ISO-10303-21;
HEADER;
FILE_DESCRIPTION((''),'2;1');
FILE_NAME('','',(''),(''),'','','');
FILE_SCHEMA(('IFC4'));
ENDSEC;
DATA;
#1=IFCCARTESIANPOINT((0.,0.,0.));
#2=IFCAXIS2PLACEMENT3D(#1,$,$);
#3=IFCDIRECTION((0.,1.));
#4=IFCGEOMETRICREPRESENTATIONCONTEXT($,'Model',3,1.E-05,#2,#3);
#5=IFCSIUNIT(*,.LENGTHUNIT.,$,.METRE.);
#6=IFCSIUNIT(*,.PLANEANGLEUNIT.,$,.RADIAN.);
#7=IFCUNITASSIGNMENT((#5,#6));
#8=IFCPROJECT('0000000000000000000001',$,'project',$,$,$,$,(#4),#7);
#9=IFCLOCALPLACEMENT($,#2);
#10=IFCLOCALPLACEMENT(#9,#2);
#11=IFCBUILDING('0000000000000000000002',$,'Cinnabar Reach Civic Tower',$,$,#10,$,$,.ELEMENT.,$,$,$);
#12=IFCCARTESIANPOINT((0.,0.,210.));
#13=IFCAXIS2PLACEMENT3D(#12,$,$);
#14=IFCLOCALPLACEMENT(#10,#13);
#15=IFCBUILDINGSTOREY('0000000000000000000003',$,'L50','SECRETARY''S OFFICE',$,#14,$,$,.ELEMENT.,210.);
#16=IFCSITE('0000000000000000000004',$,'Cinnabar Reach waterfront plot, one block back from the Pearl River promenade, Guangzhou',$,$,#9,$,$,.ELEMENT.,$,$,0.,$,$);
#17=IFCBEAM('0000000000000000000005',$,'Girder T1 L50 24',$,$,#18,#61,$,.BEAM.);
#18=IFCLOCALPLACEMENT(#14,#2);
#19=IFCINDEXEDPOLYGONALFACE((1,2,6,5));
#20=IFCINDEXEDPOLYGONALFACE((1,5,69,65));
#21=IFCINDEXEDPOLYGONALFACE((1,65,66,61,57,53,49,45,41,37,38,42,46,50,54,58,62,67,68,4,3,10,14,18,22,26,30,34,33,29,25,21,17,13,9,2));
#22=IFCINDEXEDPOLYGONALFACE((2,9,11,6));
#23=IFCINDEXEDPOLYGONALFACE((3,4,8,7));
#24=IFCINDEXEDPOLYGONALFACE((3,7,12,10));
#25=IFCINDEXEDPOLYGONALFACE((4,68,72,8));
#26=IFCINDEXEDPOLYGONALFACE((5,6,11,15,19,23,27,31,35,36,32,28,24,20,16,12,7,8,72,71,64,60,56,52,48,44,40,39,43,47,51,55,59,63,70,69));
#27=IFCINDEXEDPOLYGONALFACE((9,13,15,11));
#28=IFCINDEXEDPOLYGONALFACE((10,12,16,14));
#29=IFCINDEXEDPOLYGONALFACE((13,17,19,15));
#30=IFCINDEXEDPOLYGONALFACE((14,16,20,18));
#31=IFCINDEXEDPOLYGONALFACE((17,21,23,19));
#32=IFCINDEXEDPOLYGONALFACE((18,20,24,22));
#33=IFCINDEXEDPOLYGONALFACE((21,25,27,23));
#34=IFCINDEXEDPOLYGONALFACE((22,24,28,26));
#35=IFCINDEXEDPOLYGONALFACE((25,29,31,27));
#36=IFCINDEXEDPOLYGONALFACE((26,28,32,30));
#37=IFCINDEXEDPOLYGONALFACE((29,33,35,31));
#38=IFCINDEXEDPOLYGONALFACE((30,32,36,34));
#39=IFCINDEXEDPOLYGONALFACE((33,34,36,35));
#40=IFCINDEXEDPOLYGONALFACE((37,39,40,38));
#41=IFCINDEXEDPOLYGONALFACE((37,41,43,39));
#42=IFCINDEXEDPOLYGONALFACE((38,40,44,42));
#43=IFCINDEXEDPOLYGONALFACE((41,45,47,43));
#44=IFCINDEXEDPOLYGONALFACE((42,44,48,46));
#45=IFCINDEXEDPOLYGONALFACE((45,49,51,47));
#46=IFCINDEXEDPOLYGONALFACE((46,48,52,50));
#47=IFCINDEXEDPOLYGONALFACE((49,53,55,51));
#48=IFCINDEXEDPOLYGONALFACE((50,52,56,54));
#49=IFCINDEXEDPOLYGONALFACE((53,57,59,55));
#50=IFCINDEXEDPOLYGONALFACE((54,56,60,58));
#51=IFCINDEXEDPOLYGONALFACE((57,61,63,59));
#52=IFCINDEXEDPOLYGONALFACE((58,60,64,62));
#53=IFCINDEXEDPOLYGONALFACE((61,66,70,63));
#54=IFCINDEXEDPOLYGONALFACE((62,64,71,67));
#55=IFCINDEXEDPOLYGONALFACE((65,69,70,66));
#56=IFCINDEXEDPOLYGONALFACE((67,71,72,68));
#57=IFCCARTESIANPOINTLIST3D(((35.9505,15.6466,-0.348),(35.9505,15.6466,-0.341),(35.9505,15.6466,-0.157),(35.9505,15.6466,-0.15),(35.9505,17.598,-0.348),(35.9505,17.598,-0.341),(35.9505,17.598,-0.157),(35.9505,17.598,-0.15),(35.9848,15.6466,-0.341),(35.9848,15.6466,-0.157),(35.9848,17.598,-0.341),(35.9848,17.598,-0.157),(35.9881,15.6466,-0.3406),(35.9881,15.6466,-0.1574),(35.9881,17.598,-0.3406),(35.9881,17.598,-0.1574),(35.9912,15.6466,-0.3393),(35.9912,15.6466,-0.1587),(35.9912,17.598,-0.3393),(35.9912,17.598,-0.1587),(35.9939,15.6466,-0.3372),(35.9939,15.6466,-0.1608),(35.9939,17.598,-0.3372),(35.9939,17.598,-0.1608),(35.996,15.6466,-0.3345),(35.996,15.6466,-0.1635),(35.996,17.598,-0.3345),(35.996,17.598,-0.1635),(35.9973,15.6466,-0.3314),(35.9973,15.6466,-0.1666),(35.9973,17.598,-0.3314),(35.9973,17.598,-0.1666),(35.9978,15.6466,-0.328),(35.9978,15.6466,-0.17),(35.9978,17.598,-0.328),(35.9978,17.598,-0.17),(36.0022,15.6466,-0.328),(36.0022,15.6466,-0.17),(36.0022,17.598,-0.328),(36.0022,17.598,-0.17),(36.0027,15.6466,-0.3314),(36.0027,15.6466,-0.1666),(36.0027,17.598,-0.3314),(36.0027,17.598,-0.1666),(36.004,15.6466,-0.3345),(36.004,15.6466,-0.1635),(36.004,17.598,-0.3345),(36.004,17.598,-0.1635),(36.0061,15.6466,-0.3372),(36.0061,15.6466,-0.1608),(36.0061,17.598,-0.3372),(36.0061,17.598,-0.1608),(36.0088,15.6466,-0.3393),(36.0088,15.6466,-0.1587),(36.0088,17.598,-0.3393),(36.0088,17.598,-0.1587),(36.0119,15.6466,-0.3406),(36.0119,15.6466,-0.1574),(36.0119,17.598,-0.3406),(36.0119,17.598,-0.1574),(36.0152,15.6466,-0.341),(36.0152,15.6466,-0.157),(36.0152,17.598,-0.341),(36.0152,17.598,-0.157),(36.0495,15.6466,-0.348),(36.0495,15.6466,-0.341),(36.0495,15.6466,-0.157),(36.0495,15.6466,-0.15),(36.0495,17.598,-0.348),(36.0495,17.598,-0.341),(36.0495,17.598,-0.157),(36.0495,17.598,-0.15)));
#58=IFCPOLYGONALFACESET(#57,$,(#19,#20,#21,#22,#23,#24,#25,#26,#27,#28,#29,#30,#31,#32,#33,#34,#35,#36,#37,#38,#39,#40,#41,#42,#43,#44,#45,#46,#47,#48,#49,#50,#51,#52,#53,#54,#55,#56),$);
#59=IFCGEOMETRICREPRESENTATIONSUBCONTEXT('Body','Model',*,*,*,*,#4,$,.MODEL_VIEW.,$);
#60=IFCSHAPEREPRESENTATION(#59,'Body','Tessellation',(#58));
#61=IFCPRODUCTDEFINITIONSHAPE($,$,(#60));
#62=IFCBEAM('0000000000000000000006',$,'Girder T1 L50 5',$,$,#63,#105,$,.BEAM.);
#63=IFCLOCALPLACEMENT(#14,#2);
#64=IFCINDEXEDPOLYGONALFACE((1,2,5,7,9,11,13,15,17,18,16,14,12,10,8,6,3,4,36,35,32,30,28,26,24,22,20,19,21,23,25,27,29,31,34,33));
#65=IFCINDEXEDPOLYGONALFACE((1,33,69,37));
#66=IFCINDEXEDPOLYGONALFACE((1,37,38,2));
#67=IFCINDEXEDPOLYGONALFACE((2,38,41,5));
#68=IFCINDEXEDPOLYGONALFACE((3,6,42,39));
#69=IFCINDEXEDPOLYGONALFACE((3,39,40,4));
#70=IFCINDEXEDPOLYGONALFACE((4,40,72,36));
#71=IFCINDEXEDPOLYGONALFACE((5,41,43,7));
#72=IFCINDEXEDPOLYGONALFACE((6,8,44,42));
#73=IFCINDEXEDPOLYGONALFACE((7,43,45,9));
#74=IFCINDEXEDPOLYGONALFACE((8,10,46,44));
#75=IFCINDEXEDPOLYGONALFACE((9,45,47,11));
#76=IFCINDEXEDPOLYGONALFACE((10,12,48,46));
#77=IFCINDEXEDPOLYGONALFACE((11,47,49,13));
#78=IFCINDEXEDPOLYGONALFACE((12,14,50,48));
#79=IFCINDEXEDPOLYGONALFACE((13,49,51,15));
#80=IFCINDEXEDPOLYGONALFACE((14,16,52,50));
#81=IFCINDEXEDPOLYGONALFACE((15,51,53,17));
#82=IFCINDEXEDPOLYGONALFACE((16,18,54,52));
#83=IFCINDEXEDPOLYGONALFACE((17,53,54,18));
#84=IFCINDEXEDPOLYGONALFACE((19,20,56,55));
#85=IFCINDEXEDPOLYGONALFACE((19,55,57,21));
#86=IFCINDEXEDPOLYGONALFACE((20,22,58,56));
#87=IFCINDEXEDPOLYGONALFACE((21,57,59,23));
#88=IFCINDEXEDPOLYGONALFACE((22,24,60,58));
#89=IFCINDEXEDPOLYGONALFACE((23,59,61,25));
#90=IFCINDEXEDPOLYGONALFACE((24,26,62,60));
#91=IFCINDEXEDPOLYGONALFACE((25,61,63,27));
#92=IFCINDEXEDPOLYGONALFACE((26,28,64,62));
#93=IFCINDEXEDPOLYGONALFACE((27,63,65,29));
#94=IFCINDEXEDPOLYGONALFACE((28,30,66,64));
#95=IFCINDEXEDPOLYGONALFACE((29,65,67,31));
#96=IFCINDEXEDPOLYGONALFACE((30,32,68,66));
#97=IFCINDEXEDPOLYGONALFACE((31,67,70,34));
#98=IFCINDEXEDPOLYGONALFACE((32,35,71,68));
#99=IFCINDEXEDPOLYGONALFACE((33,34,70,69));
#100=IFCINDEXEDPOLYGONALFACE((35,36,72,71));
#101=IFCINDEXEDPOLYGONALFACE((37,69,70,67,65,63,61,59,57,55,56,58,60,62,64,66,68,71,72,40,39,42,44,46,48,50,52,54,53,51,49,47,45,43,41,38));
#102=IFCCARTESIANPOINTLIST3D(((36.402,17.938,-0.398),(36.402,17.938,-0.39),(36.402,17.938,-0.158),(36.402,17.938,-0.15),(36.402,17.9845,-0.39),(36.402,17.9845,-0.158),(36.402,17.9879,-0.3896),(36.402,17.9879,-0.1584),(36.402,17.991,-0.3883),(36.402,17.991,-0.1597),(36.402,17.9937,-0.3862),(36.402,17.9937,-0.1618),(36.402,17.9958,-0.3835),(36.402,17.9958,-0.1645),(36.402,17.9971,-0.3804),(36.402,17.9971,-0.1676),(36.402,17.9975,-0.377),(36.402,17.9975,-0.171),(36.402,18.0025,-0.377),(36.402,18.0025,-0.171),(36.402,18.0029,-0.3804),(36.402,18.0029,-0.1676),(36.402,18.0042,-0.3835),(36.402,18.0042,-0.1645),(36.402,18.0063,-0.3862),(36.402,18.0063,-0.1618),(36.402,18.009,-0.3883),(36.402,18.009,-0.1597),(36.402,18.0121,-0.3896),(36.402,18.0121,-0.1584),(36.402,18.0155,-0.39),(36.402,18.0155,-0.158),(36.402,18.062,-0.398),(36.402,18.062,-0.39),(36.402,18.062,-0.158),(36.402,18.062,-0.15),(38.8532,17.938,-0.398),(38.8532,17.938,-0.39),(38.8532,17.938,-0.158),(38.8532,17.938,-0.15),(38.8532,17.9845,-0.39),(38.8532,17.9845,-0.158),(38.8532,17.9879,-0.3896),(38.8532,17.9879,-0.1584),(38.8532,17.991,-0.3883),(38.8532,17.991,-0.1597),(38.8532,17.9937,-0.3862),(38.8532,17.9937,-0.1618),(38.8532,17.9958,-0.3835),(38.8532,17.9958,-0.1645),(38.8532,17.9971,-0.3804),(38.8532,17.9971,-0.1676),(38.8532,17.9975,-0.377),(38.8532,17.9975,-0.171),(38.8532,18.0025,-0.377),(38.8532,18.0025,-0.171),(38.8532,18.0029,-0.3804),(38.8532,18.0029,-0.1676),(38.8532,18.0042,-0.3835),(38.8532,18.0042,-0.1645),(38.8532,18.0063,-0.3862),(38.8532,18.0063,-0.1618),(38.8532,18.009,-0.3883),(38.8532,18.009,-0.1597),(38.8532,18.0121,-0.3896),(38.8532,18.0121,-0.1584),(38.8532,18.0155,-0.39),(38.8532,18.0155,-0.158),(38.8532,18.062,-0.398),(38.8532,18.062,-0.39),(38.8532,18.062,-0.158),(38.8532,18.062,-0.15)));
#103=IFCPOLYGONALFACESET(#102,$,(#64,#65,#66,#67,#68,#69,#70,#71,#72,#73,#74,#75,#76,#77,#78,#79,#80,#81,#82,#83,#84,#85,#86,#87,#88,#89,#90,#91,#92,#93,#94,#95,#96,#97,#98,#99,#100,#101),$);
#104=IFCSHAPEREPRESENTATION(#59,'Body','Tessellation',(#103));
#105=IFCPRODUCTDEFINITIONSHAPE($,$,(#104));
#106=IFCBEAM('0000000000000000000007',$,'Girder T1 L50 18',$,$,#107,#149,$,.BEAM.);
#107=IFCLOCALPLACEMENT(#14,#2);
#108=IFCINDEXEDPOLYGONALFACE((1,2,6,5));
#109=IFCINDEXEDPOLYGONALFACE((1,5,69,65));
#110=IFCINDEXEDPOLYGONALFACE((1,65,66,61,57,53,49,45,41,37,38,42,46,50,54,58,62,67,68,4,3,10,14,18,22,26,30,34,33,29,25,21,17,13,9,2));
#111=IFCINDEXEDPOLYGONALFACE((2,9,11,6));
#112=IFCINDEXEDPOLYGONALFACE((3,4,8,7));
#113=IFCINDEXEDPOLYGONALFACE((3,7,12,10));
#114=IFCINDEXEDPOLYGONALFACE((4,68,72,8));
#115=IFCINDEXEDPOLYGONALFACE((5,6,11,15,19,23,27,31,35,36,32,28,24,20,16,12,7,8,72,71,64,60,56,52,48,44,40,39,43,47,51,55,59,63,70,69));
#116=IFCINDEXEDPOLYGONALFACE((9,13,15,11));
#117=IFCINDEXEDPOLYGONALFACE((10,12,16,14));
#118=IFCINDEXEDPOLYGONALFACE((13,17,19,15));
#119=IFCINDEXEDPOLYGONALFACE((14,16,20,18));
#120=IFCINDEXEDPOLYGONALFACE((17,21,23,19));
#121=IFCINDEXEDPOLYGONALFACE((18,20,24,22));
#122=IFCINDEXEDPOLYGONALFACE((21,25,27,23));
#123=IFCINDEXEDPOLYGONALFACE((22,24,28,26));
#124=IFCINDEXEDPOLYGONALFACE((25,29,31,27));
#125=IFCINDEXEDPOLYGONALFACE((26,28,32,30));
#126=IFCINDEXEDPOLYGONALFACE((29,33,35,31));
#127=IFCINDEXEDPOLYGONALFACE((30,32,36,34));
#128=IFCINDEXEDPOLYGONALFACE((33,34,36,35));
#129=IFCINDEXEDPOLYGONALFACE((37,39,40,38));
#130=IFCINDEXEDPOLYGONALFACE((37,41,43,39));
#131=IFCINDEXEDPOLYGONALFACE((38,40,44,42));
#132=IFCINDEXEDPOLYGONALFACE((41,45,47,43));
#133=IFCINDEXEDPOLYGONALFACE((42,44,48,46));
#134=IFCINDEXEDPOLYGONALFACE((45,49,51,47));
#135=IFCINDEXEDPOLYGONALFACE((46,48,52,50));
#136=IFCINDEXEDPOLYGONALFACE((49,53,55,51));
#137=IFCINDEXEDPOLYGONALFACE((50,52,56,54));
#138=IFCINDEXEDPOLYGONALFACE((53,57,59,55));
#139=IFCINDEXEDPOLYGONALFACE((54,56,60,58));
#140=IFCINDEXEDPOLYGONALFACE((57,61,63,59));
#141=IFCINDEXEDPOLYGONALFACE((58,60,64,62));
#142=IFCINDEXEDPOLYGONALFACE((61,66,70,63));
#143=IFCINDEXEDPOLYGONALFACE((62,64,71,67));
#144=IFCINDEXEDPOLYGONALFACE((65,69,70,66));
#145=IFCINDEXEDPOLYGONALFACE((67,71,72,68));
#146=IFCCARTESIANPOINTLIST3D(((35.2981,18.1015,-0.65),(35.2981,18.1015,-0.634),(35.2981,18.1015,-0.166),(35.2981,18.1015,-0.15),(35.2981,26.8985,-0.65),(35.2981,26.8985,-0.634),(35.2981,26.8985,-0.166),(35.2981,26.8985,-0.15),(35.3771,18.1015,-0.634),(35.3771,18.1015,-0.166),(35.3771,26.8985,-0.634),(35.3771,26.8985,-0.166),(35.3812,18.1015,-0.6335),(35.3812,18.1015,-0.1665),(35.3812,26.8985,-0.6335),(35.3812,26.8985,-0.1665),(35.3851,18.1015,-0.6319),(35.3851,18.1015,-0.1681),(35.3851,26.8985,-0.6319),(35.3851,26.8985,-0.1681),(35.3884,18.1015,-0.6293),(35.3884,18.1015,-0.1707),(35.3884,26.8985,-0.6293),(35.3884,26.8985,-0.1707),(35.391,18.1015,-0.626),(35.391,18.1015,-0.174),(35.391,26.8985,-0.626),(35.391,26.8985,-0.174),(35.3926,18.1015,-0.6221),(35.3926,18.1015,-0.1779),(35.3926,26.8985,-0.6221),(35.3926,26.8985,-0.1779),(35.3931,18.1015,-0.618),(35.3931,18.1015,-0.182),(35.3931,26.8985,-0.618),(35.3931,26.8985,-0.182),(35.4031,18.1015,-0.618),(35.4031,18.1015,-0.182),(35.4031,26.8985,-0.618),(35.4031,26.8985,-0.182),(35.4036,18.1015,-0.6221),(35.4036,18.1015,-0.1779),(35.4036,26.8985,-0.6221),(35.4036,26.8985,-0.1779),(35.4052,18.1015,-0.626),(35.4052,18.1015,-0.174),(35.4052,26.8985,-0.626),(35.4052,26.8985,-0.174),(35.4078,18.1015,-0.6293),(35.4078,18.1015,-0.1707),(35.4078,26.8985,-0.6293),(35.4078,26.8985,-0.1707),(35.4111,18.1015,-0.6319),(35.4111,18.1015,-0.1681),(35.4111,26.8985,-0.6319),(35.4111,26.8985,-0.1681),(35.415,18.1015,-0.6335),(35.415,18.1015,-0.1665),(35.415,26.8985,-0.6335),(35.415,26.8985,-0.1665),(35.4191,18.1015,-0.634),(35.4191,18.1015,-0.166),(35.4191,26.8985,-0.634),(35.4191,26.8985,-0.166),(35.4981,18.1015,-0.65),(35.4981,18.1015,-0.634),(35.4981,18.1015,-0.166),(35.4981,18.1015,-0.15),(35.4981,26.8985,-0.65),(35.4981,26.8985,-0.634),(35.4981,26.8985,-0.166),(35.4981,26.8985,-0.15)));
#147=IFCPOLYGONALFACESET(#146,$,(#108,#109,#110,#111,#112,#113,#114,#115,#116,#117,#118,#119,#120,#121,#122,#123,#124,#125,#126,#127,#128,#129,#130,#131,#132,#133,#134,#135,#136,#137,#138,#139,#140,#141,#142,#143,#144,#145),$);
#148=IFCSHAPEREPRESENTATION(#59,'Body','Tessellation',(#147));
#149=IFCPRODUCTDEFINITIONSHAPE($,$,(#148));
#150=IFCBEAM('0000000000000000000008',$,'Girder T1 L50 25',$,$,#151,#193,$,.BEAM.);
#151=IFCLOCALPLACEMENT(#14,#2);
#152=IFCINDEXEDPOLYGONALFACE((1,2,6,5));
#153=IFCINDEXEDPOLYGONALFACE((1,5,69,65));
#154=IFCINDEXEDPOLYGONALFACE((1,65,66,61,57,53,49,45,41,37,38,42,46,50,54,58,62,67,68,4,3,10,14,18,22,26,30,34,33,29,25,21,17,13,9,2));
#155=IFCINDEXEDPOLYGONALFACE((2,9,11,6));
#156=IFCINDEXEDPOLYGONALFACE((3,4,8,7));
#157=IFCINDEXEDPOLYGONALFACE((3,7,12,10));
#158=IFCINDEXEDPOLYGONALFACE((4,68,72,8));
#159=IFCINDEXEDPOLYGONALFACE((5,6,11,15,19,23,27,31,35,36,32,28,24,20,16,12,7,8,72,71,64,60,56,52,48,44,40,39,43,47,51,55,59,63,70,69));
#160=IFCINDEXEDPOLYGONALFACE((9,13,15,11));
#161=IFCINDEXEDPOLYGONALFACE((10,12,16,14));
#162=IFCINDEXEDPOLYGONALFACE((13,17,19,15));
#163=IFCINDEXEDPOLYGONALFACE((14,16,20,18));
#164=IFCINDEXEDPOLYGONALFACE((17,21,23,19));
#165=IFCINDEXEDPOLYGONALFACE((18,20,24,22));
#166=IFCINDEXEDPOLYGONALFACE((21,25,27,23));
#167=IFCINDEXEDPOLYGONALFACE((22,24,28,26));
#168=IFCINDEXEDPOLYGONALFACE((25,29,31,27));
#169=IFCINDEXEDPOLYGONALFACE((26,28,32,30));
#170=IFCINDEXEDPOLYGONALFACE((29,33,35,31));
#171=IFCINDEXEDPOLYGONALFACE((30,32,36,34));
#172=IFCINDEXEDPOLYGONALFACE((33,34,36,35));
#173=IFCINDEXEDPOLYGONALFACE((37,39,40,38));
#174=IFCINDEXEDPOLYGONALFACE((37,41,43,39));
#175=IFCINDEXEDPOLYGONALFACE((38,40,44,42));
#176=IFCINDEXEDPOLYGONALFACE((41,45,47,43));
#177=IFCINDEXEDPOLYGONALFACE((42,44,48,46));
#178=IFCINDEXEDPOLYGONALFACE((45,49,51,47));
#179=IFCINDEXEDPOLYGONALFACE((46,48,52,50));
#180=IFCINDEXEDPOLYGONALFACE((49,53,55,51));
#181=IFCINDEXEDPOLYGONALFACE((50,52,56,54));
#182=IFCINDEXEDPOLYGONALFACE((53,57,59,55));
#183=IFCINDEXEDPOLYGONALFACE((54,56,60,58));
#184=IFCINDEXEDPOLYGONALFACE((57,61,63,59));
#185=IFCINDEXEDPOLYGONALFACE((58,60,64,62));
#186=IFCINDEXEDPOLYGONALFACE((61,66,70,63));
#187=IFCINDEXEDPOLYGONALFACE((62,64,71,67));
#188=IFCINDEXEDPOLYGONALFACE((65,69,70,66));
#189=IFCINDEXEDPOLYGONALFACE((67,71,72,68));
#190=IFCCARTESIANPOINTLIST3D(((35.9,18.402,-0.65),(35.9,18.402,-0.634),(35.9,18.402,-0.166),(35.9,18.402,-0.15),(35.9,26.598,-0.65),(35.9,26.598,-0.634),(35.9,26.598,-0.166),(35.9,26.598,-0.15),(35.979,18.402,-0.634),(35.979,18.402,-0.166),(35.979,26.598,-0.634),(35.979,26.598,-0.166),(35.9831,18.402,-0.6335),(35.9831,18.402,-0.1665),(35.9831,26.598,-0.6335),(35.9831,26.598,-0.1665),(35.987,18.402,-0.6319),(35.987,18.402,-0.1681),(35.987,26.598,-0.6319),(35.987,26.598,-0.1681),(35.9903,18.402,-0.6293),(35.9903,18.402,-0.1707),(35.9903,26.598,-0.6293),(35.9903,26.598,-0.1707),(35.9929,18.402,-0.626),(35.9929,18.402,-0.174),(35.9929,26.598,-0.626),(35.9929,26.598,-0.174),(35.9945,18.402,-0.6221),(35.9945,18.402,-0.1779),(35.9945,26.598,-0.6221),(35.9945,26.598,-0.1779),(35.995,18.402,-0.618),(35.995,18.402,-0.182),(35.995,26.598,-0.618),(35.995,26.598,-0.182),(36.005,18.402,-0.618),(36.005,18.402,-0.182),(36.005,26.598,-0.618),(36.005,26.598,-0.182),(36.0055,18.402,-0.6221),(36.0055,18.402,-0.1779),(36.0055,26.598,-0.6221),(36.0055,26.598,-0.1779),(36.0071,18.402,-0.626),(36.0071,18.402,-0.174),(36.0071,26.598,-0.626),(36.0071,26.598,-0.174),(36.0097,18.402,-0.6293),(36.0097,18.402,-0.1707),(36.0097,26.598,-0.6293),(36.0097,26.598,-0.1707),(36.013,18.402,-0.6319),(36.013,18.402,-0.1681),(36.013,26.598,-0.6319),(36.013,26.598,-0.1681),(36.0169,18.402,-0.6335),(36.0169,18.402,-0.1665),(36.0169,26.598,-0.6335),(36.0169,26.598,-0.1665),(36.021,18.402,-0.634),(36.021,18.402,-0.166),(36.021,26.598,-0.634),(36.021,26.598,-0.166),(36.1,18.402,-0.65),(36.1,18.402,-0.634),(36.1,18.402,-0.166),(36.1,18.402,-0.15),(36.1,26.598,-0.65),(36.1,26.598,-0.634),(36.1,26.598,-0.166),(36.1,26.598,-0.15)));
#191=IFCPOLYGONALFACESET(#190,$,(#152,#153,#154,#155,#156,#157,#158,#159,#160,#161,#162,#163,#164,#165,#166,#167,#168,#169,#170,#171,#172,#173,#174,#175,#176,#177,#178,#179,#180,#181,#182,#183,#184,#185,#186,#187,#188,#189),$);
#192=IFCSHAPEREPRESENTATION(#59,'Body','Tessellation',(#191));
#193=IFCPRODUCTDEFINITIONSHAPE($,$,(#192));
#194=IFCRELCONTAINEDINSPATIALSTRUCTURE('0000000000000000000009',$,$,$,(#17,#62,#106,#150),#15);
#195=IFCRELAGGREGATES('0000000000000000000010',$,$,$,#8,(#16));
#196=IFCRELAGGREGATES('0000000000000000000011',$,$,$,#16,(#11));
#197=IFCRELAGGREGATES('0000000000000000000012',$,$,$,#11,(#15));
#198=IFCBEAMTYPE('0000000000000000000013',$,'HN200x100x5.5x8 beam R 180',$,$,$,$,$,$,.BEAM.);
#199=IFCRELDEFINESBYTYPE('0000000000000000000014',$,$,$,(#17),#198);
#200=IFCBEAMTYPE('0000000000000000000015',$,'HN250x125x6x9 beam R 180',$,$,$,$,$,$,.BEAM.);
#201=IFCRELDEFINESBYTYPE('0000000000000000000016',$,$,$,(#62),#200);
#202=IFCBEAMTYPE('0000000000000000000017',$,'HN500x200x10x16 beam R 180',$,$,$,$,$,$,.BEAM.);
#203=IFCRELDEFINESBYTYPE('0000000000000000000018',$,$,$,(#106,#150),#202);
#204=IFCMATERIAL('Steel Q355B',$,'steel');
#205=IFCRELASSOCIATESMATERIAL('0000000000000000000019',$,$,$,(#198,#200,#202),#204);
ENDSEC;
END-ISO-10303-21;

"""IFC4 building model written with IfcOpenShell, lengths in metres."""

from ifc_helpers import new_model, si_unit, direction, frame, origin, origin_2d, place, context, subcontext, project, spatial, i_section, extrude, material, material_profile, profile_set, type_object, element, save


model = new_model("IFC4")

# Units and contexts
model_context = context("Model", 3, precision=1e-05, world=origin(), true_north=direction((0.0, 1.0)))
body_context = subcontext(model_context, "Body", "Model", "MODEL_VIEW")
ifc_project = project(units=[si_unit("LENGTHUNIT", "METRE"), si_unit("PLANEANGLEUNIT", "RADIAN")], contexts=[model_context])

# Site, building, storey
site_placement = place(None, origin())
site = spatial("IfcSite", under=ifc_project, at=site_placement, Name="Cinnabar Reach waterfront plot, one block back from the Pearl River promenade, Guangzhou", CompositionType="ELEMENT", RefElevation=0.0)
building_placement = place(site_placement, origin())
building = spatial("IfcBuilding", under=site, at=building_placement, Name="Cinnabar Reach Civic Tower", CompositionType="ELEMENT")
storey_placement = place(building_placement, frame((0.0, 0.0, 210.0)))
storey = spatial("IfcBuildingStorey", under=building, at=storey_placement, Name="L50", Description="SECRETARY'S OFFICE", CompositionType="ELEMENT", Elevation=210.0)

# Beams
ifc_material_1 = material(Name="Steel Q355B", Category="steel")
ifc_material_profile_1 = material_profile(ifc_material_1, i_section(OverallWidth=0.099, OverallDepth=0.198, WebThickness=0.0045, FlangeThickness=0.007, FilletRadius=0.013, at=origin_2d()), Name="HN200x100x5.5x8")
ifc_profile_set_1 = profile_set([ifc_material_profile_1], Name="Steel Q355B")
beam_type_1 = type_object("IfcBeamType", Name="HN200x100x5.5x8 beam R 180", PredefinedType="BEAM", material=ifc_profile_set_1)
beam_1_placement = place(storey_placement, frame((36.0, 15.6466, -0.249), z_axis=(0.0, 1.0, 0.0), x_axis=(-1.0, 0.0, 0.0)))
element("IfcBeam", 1, at=beam_1_placement, inside=storey, type_object=beam_type_1, Name="Girder T1 L50 24", PredefinedType="BEAM", context=body_context, shape_type="SweptSolid", body=[
    extrude(i_section(OverallWidth=0.099, OverallDepth=0.198, WebThickness=0.0045, FlangeThickness=0.007, FilletRadius=0.013, at=origin_2d()), origin(), (0.0, 0.0, 1.0), 1.9514),
])
ifc_material_profile_2 = material_profile(ifc_material_1, i_section(OverallWidth=0.124, OverallDepth=0.248, WebThickness=0.005, FlangeThickness=0.008, FilletRadius=0.013, at=origin_2d()), Name="HN250x125x6x9")
ifc_profile_set_2 = profile_set([ifc_material_profile_2], Name="Steel Q355B")
beam_type_2 = type_object("IfcBeamType", Name="HN250x125x6x9 beam R 180", PredefinedType="BEAM", material=ifc_profile_set_2)
beam_2_placement = place(storey_placement, frame((36.402, 18.0, -0.274), z_axis=(1.0, 0.0, 0.0), x_axis=(0.0, 1.0, 0.0)))
element("IfcBeam", 2, at=beam_2_placement, inside=storey, type_object=beam_type_2, Name="Girder T1 L50 5", PredefinedType="BEAM", context=body_context, shape_type="SweptSolid", body=[
    extrude(i_section(OverallWidth=0.124, OverallDepth=0.248, WebThickness=0.005, FlangeThickness=0.008, FilletRadius=0.013, at=origin_2d()), origin(), (0.0, 0.0, 1.0), 2.4512),
])
ifc_material_profile_3 = material_profile(ifc_material_1, i_section(OverallWidth=0.2, OverallDepth=0.5, WebThickness=0.01, FlangeThickness=0.016, FilletRadius=0.016, at=origin_2d()), Name="HN500x200x10x16")
ifc_profile_set_3 = profile_set([ifc_material_profile_3], Name="Steel Q355B")
beam_type_3 = type_object("IfcBeamType", Name="HN500x200x10x16 beam R 180", PredefinedType="BEAM", material=ifc_profile_set_3)
beam_3_placement = place(storey_placement, frame((35.3981, 18.1015, -0.4), z_axis=(0.0, 1.0, 0.0), x_axis=(-1.0, 0.0, 0.0)))
element("IfcBeam", 3, at=beam_3_placement, inside=storey, type_object=beam_type_3, Name="Girder T1 L50 18", PredefinedType="BEAM", context=body_context, shape_type="SweptSolid", body=[
    extrude(i_section(OverallWidth=0.2, OverallDepth=0.5, WebThickness=0.01, FlangeThickness=0.016, FilletRadius=0.016, at=origin_2d()), origin(), (0.0, 0.0, 1.0), 8.797),
])
beam_4_placement = place(storey_placement, frame((36.0, 18.402, -0.4), z_axis=(0.0, 1.0, 0.0), x_axis=(-1.0, 0.0, 0.0)))
element("IfcBeam", 4, at=beam_4_placement, inside=storey, type_object=beam_type_3, Name="Girder T1 L50 25", PredefinedType="BEAM", context=body_context, shape_type="SweptSolid", body=[
    extrude(i_section(OverallWidth=0.2, OverallDepth=0.5, WebThickness=0.01, FlangeThickness=0.016, FilletRadius=0.016, at=origin_2d()), origin(), (0.0, 0.0, 1.0), 8.196),
])

save(model, "model.ifc")
